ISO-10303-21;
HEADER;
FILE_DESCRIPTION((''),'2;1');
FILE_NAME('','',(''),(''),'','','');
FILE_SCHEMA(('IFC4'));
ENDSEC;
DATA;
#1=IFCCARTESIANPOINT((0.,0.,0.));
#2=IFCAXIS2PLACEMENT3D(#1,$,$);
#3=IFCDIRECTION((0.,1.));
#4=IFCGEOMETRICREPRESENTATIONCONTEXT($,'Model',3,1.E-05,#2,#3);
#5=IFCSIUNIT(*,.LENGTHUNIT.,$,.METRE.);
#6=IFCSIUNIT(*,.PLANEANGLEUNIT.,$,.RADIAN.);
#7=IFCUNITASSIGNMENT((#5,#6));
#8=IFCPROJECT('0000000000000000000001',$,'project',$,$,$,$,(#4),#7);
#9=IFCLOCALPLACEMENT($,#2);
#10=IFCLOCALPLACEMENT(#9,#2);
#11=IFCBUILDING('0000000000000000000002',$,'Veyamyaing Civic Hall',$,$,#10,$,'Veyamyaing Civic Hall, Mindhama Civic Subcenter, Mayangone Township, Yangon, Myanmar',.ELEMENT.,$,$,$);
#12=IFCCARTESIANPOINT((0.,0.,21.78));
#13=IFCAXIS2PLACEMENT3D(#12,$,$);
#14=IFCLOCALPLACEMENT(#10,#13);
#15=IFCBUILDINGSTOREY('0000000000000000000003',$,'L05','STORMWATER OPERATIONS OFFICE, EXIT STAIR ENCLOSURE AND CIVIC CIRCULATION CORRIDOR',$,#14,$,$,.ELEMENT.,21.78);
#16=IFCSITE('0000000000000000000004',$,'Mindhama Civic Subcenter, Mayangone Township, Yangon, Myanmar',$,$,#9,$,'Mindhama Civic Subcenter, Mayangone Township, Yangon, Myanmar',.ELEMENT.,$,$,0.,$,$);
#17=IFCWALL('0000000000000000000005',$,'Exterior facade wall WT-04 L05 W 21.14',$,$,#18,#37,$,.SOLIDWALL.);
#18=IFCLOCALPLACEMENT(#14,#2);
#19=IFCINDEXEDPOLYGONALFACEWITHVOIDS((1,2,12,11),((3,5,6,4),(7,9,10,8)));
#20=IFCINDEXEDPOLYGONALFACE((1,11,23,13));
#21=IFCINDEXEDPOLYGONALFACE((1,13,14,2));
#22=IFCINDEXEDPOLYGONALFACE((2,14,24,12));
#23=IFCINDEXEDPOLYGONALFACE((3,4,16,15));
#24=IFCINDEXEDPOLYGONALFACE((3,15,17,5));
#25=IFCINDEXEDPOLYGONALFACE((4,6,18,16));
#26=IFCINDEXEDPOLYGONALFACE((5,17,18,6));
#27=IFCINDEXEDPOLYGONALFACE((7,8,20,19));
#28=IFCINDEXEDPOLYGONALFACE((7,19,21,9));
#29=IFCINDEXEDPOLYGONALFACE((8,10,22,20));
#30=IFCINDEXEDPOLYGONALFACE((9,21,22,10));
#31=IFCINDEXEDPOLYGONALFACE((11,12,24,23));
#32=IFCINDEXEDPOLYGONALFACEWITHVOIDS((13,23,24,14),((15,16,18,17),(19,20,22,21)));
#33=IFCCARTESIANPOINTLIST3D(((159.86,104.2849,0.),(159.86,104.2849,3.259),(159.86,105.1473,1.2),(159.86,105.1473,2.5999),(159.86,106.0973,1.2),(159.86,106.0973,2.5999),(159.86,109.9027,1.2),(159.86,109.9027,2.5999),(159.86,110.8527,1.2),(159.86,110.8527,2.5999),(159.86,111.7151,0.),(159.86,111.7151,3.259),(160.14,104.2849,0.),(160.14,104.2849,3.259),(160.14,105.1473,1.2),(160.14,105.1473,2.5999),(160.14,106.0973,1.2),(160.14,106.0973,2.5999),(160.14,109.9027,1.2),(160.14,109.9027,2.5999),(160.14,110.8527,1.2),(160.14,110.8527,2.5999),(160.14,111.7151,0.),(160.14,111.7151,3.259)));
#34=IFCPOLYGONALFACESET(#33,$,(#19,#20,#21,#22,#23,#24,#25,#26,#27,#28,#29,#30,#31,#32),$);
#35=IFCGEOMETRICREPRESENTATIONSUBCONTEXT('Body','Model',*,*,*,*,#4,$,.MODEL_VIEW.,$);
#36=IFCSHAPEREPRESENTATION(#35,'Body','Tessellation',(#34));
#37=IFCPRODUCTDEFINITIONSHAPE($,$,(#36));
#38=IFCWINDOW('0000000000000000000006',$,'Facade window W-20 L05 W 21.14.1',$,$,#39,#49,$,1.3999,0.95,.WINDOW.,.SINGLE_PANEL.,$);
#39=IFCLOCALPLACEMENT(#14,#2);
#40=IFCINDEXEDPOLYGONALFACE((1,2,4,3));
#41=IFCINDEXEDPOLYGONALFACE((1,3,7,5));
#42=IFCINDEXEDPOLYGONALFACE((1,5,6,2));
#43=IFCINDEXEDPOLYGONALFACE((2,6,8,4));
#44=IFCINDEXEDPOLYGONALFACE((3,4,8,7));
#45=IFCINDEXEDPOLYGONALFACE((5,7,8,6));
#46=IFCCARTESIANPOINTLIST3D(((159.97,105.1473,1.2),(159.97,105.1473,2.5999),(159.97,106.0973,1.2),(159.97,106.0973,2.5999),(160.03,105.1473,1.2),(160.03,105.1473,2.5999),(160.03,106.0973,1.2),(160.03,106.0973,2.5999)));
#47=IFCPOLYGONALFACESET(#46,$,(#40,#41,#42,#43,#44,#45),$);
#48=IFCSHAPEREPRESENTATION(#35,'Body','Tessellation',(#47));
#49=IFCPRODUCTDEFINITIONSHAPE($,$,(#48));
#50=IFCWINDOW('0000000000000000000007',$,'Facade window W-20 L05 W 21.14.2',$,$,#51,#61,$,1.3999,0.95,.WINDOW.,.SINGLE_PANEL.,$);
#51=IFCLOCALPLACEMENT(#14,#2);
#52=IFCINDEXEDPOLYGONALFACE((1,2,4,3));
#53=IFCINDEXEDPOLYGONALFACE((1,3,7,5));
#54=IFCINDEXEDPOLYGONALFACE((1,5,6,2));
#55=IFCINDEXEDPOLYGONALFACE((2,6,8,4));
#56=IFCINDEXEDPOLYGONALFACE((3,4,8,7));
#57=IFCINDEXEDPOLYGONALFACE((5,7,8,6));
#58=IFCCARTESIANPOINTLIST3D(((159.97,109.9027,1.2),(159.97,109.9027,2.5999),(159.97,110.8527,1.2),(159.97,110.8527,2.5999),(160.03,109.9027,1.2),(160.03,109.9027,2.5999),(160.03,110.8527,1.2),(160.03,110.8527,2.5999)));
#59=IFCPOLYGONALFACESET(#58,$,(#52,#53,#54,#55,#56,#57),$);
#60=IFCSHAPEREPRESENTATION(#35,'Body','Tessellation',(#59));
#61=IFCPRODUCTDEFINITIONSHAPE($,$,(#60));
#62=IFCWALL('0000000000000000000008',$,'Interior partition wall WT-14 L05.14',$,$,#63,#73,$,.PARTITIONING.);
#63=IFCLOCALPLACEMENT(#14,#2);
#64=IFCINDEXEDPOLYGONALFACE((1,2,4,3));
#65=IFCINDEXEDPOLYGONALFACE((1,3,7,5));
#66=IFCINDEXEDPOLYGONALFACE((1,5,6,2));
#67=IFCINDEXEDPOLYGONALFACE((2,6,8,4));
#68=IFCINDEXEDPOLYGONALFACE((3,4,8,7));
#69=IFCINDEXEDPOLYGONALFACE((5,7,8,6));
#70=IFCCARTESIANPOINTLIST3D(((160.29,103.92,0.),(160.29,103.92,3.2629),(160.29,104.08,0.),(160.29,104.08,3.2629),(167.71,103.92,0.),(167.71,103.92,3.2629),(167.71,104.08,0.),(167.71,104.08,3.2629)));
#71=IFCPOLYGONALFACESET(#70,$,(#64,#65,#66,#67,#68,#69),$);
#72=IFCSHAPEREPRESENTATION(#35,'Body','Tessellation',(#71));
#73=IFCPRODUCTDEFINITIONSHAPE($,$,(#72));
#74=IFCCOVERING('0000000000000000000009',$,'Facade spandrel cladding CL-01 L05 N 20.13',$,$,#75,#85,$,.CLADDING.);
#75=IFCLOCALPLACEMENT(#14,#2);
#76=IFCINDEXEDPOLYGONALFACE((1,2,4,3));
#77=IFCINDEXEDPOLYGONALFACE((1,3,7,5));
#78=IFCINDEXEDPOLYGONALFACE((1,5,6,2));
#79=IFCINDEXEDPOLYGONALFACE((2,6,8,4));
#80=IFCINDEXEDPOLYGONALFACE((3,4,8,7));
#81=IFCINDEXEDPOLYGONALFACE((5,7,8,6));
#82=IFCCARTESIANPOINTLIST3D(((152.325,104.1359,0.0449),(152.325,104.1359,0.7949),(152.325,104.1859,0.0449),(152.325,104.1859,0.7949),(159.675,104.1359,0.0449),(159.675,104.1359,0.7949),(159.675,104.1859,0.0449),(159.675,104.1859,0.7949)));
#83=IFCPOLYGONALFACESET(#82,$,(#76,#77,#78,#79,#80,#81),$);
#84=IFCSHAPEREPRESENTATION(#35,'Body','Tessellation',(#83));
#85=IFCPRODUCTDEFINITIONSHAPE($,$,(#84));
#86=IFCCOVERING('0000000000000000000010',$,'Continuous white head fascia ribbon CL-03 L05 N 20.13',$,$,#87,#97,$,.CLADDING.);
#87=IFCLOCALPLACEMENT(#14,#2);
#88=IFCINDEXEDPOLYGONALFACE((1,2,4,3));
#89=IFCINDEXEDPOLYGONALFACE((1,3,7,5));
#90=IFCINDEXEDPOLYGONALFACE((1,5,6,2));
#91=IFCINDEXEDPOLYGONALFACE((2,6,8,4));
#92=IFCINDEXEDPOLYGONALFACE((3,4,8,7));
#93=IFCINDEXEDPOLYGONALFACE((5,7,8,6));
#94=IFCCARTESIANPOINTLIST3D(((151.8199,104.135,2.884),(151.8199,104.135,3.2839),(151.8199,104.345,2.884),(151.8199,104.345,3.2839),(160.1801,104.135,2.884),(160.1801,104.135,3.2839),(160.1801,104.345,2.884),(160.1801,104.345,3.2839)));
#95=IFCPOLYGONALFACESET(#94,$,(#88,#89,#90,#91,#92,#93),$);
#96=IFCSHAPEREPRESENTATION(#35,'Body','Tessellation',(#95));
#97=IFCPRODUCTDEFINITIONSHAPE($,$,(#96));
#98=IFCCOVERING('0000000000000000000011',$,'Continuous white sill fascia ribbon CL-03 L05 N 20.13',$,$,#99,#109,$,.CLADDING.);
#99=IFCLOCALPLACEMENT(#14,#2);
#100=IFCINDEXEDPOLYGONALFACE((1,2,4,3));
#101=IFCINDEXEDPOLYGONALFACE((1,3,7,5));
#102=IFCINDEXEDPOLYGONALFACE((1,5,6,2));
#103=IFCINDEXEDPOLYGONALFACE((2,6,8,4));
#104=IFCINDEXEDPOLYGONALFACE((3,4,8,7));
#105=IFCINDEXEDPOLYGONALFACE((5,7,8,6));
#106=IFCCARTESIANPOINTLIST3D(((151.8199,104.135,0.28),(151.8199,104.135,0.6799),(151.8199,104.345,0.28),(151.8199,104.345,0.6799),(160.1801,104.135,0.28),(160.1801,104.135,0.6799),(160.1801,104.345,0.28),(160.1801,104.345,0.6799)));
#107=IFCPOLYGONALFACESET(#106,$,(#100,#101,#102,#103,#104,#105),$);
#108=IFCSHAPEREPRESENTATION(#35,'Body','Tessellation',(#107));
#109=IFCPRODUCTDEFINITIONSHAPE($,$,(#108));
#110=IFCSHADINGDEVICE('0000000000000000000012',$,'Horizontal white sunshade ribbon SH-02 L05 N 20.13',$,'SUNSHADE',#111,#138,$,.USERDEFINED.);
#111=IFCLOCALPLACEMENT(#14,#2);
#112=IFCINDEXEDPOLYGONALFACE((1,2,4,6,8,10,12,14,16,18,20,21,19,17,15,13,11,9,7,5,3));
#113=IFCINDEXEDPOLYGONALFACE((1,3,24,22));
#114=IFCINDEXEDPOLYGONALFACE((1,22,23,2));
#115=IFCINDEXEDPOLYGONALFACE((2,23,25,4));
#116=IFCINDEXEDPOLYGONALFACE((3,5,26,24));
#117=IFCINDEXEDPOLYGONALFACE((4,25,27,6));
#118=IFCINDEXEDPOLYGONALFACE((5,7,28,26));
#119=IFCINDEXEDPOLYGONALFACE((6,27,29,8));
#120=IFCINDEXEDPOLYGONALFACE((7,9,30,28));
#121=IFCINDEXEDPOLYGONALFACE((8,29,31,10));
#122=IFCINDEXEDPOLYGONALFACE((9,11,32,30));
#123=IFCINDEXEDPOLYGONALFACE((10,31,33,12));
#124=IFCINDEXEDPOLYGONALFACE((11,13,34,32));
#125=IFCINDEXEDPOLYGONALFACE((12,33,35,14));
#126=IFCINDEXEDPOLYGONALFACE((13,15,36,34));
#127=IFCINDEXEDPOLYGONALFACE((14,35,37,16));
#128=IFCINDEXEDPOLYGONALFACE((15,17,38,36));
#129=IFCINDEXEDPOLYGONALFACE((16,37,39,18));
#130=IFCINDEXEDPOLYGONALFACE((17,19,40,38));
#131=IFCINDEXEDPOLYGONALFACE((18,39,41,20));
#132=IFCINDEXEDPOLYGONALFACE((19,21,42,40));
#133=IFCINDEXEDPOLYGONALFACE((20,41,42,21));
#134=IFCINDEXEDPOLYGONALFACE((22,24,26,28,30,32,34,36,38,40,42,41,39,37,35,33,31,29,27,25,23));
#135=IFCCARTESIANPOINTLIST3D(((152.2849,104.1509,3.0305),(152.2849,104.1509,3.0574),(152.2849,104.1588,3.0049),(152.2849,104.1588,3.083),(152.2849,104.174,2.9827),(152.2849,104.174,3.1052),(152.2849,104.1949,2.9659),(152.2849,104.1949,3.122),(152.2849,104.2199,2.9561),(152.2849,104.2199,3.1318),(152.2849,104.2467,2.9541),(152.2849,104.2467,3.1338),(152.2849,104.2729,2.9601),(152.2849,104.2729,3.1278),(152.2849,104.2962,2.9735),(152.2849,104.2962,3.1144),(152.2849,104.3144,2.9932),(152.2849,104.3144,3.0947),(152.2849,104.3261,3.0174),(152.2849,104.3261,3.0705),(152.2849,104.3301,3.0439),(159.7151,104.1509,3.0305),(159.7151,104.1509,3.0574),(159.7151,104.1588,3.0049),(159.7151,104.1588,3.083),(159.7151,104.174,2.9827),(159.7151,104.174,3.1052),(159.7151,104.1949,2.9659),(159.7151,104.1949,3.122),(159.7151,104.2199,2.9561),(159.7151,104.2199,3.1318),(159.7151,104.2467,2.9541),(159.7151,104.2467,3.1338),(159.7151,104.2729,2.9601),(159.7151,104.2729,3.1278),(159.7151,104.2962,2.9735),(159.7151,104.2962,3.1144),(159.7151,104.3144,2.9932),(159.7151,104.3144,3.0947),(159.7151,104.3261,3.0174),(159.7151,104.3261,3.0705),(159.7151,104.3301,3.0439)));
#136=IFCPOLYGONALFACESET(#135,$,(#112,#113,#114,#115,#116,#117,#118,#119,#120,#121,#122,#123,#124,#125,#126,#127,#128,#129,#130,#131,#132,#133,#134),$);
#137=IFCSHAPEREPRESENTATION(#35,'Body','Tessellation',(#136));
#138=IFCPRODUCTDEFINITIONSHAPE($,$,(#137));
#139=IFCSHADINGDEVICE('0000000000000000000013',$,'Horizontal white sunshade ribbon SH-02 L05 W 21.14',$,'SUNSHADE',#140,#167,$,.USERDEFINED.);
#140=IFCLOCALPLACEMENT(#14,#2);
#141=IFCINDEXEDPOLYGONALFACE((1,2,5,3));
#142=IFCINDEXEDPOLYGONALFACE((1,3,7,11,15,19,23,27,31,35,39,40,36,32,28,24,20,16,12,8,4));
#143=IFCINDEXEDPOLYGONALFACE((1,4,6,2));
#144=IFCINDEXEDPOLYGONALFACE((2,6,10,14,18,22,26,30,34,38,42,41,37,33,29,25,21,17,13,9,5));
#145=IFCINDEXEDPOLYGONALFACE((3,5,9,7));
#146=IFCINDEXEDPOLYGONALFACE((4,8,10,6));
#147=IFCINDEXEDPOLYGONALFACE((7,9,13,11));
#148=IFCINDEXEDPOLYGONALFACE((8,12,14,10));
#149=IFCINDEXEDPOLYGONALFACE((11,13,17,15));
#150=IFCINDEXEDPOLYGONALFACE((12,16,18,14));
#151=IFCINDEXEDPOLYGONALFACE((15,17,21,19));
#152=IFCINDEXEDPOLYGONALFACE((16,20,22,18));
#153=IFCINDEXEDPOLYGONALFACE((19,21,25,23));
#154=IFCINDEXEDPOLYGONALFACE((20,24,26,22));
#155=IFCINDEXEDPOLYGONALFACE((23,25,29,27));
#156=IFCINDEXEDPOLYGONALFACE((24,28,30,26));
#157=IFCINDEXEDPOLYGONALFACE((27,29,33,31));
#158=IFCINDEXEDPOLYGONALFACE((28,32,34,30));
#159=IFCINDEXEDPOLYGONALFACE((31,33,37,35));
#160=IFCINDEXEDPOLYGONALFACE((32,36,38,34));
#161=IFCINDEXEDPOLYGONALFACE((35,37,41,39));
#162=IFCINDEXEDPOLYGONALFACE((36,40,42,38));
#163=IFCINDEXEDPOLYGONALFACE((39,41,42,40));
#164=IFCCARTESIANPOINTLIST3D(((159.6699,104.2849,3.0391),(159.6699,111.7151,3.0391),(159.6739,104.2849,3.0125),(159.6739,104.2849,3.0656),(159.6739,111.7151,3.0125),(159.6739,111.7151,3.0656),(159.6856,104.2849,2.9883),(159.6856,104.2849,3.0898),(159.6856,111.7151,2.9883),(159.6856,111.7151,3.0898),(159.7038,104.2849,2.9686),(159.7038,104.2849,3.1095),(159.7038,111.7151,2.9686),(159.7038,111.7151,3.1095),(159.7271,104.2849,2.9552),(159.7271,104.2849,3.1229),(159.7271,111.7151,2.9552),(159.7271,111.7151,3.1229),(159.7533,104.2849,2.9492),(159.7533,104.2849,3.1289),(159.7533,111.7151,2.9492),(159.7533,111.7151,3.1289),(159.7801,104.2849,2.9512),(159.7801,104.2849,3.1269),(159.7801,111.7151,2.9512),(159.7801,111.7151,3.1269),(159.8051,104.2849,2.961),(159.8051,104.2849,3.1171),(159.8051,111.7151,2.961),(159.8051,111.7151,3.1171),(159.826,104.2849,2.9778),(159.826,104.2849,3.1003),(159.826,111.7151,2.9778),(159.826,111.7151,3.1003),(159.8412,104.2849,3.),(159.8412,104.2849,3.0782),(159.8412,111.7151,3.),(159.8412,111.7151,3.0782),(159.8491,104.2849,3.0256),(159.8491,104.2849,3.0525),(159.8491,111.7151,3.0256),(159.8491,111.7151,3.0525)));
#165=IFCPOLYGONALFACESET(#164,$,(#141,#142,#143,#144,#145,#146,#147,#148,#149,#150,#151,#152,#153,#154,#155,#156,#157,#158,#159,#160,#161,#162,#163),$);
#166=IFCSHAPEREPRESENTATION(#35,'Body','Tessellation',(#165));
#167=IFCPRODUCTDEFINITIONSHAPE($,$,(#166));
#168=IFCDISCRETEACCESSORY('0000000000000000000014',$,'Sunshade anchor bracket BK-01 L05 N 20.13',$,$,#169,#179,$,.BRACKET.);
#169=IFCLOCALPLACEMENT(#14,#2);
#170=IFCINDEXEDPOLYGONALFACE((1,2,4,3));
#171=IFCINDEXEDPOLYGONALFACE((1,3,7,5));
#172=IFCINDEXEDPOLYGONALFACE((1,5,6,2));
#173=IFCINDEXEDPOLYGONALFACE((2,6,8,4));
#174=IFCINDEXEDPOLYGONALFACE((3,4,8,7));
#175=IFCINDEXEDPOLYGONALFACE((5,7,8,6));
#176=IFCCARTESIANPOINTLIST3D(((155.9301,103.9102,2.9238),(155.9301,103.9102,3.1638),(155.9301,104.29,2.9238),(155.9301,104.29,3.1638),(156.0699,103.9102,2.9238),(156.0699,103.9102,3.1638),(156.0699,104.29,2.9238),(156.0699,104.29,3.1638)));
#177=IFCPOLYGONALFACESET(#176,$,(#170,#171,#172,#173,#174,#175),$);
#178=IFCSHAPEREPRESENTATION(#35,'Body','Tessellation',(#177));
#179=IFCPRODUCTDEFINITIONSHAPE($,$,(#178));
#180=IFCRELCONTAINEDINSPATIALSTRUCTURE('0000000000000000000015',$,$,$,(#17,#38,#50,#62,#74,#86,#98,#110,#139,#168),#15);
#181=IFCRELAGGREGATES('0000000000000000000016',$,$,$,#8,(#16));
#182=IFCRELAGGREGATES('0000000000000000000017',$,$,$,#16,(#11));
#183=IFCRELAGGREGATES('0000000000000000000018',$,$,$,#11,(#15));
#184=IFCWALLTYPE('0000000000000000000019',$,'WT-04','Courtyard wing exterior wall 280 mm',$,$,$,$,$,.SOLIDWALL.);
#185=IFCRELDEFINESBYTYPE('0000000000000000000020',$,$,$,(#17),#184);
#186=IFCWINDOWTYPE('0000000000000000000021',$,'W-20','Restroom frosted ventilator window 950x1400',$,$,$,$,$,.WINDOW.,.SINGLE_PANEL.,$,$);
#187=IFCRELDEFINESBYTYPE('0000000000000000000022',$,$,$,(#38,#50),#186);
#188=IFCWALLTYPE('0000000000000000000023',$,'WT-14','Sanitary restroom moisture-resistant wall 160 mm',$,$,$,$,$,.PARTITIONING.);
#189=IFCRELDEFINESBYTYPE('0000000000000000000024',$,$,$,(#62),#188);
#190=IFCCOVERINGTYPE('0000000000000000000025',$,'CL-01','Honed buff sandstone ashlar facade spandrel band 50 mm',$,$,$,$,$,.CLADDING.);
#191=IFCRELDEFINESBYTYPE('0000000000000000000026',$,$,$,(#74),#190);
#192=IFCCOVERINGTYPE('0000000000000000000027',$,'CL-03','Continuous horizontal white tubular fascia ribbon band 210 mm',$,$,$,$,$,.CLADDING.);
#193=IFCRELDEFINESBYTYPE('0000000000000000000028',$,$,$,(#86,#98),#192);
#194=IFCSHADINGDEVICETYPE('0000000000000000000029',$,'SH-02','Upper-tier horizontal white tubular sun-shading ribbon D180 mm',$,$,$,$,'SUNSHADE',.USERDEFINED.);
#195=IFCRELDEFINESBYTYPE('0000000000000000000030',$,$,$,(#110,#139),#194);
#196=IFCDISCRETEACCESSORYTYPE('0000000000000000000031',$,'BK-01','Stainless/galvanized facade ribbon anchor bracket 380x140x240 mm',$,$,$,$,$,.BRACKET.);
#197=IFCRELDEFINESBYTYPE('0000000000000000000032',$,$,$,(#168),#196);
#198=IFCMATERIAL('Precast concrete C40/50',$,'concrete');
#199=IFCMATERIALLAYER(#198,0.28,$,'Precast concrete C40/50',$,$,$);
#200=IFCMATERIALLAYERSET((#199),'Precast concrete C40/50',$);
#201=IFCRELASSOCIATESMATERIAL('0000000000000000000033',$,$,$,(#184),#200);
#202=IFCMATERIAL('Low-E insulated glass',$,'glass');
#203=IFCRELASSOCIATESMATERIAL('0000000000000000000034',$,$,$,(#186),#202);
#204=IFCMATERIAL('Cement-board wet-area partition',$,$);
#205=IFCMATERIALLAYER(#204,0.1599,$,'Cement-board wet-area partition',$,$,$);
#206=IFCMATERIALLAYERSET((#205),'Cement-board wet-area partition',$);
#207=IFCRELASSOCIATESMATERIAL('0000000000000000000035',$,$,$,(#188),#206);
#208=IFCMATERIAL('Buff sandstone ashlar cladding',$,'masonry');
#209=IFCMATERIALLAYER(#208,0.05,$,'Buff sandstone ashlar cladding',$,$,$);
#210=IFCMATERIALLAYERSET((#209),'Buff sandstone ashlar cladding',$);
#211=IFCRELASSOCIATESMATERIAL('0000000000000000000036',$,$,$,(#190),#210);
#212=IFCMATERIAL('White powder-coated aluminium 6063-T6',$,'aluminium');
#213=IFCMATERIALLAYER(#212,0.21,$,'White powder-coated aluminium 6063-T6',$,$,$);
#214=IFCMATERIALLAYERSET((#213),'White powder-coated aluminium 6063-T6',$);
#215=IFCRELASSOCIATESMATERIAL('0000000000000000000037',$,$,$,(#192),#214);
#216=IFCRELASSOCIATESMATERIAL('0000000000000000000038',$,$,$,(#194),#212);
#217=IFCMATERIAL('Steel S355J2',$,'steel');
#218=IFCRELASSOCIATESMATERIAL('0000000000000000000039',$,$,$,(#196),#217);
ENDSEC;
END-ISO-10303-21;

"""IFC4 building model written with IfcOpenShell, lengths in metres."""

from ifc_helpers import new_model, si_unit, direction, frame, frame_2d, origin, origin_2d, place, context, subcontext, project, spatial, rectangle, circle, extrude, material, layer, layer_set, material_profile, profile_set, type_object, element, fill, save


model = new_model("IFC4")

# Units and contexts
model_context = context("Model", 3, precision=1e-05, world=origin(), true_north=direction((0.0, 1.0)))
body_context = subcontext(model_context, "Body", "Model", "MODEL_VIEW")
ifc_project = project(units=[si_unit("LENGTHUNIT", "METRE"), si_unit("PLANEANGLEUNIT", "RADIAN")], contexts=[model_context])

# Site, building, storey
site_placement = place(None, origin())
site = spatial("IfcSite", under=ifc_project, at=site_placement, Name="Mindhama Civic Subcenter, Mayangone Township, Yangon, Myanmar", LongName="Mindhama Civic Subcenter, Mayangone Township, Yangon, Myanmar", CompositionType="ELEMENT", RefElevation=0.0)
building_placement = place(site_placement, origin())
building = spatial("IfcBuilding", under=site, at=building_placement, Name="Veyamyaing Civic Hall", LongName="Veyamyaing Civic Hall, Mindhama Civic Subcenter, Mayangone Township, Yangon, Myanmar", CompositionType="ELEMENT")
storey_placement = place(building_placement, frame((0.0, 0.0, 21.78)))
storey = spatial("IfcBuildingStorey", under=building, at=storey_placement, Name="L05", Description="STORMWATER OPERATIONS OFFICE, EXIT STAIR ENCLOSURE AND CIVIC CIRCULATION CORRIDOR", CompositionType="ELEMENT", Elevation=21.78)

# Shared definitions
ifc_material_1 = material(Name="Precast concrete C40/50", Category="concrete")
ifc_layer_1 = layer(ifc_material_1, 0.28, Name="Precast concrete C40/50")
ifc_layer_set_1 = layer_set([ifc_layer_1], Name="Precast concrete C40/50")
wall_type_1 = type_object("IfcWallType", Name="WT-04", Description="Courtyard wing exterior wall 280 mm", PredefinedType="SOLIDWALL", material=ifc_layer_set_1)
ifc_material_2 = material(Name="Low-E insulated glass", Category="glass")

# Wall, openings, windows
wall_1_placement = place(storey_placement, frame((160.0, 104.2849, 0.0), z_axis=(0.0, 0.0, 1.0), x_axis=(0.0, 1.0, 0.0)))
wall_1 = element("IfcWall", 1, at=wall_1_placement, inside=storey, type_object=wall_type_1, Name="Exterior facade wall WT-04 L05 W 21.14", PredefinedType="SOLIDWALL", context=body_context, shape_type="SweptSolid", body=[
    extrude(rectangle(XDim=7.4302, YDim=0.28, at=frame_2d((3.7151, 0.0))), origin(), (0.0, 0.0, 1.0), 3.259),
])
opening_1_placement = place(wall_1_placement, frame((0.8623, 0.0, 1.2)))
opening_1 = element("IfcOpeningElement", 2, at=opening_1_placement, cuts=wall_1, PredefinedType="OPENING", context=body_context, shape_type="SweptSolid", body=[
    extrude(rectangle(XDim=0.95, YDim=1.3999, at=frame_2d((0.4751, 0.7))), frame((0.0, 0.1499, 0.0), z_axis=(0.0, -1.0, 0.0), x_axis=(1.0, 0.0, 0.0)), (0.0, 0.0, 1.0), 0.3),
])
opening_2_placement = place(wall_1_placement, frame((5.6177, 0.0, 1.2)))
opening_2 = element("IfcOpeningElement", 3, at=opening_2_placement, cuts=wall_1, PredefinedType="OPENING", context=body_context, shape_type="SweptSolid", body=[
    extrude(rectangle(XDim=0.95, YDim=1.3999, at=frame_2d((0.4751, 0.7))), frame((0.0, 0.1499, 0.0), z_axis=(0.0, -1.0, 0.0), x_axis=(1.0, 0.0, 0.0)), (0.0, 0.0, 1.0), 0.3),
])
window_type_1 = type_object("IfcWindowType", Name="W-20", Description="Restroom frosted ventilator window 950x1400", PartitioningType="SINGLE_PANEL", PredefinedType="WINDOW", material=ifc_material_2)
window_1_placement = place(opening_1_placement, origin())
window_1 = element("IfcWindow", 4, at=window_1_placement, inside=storey, type_object=window_type_1, Name="Facade window W-20 L05 W 21.14.1", OverallHeight=1.3999, OverallWidth=0.95, PartitioningType="SINGLE_PANEL", PredefinedType="WINDOW", context=body_context, shape_type="SweptSolid", body=[
    extrude(rectangle(XDim=0.95, YDim=1.3999, at=frame_2d((0.4751, 0.7))), frame((0.0, 0.03, 0.0), z_axis=(0.0, -1.0, 0.0), x_axis=(1.0, 0.0, 0.0)), (0.0, 0.0, 1.0), 0.0601),
])
fill(opening_1, window_1)
window_2_placement = place(opening_2_placement, origin())
window_2 = element("IfcWindow", 5, at=window_2_placement, inside=storey, type_object=window_type_1, Name="Facade window W-20 L05 W 21.14.2", OverallHeight=1.3999, OverallWidth=0.95, PartitioningType="SINGLE_PANEL", PredefinedType="WINDOW", context=body_context, shape_type="SweptSolid", body=[
    extrude(rectangle(XDim=0.95, YDim=1.3999, at=frame_2d((0.4751, 0.7))), frame((0.0, 0.03, 0.0), z_axis=(0.0, -1.0, 0.0), x_axis=(1.0, 0.0, 0.0)), (0.0, 0.0, 1.0), 0.0601),
])
fill(opening_2, window_2)

# Wall
ifc_material_3 = material(Name="Cement-board wet-area partition")
ifc_layer_2 = layer(ifc_material_3, 0.1599, Name="Cement-board wet-area partition")
ifc_layer_set_2 = layer_set([ifc_layer_2], Name="Cement-board wet-area partition")
wall_type_2 = type_object("IfcWallType", Name="WT-14", Description="Sanitary restroom moisture-resistant wall 160 mm", PredefinedType="PARTITIONING", material=ifc_layer_set_2)
wall_2_placement = place(storey_placement, frame((160.29, 104.0, 0.0), z_axis=(0.0, 0.0, 1.0), x_axis=(1.0, 0.0, 0.0)))
element("IfcWall", 6, at=wall_2_placement, inside=storey, type_object=wall_type_2, Name="Interior partition wall WT-14 L05.14", PredefinedType="PARTITIONING", context=body_context, shape_type="SweptSolid", body=[
    extrude(rectangle(XDim=7.4199, YDim=0.1599, at=frame_2d((3.71, 0.0))), origin(), (0.0, 0.0, 1.0), 3.2629),
])

# Coverings
ifc_material_4 = material(Name="Buff sandstone ashlar cladding", Category="masonry")
ifc_layer_3 = layer(ifc_material_4, 0.05, Name="Buff sandstone ashlar cladding")
ifc_layer_set_3 = layer_set([ifc_layer_3], Name="Buff sandstone ashlar cladding")
covering_type_1 = type_object("IfcCoveringType", Name="CL-01", Description="Honed buff sandstone ashlar facade spandrel band 50 mm", PredefinedType="CLADDING", material=ifc_layer_set_3)
covering_placement = place(storey_placement, frame((156.0, 104.1609, 0.0449), z_axis=(0.0, 0.0, 1.0), x_axis=(1.0, 0.0, 0.0)))
element("IfcCovering", 7, at=covering_placement, inside=storey, type_object=covering_type_1, Name="Facade spandrel cladding CL-01 L05 N 20.13", PredefinedType="CLADDING", context=body_context, shape_type="SweptSolid", body=[
    extrude(rectangle(XDim=7.3501, YDim=0.05, at=origin_2d()), origin(), (0.0, 0.0, 1.0), 0.75),
])
ifc_material_5 = material(Name="White powder-coated aluminium 6063-T6", Category="aluminium")
ifc_layer_4 = layer(ifc_material_5, 0.21, Name="White powder-coated aluminium 6063-T6")
ifc_layer_set_4 = layer_set([ifc_layer_4], Name="White powder-coated aluminium 6063-T6")
covering_type_2 = type_object("IfcCoveringType", Name="CL-03", Description="Continuous horizontal white tubular fascia ribbon band 210 mm", PredefinedType="CLADDING", material=ifc_layer_set_4)
for number, where, z_axis, x_axis, name in (
    (8, (156.0, 104.24, 2.884), (0.0, 0.0, 1.0), (1.0, 0.0, 0.0), "Continuous white head fascia ribbon CL-03 L05 N 20.13"),
    (9, (156.0, 104.24, 0.28), (0.0, 0.0, 1.0), (1.0, 0.0, 0.0), "Continuous white sill fascia ribbon CL-03 L05 N 20.13"),
):
    element("IfcCovering", number, at=place(storey_placement, frame(where, z_axis=z_axis, x_axis=x_axis)), inside=storey, type_object=covering_type_2, Name=name, PredefinedType="CLADDING", context=body_context, shape_type="SweptSolid", body=[
        extrude(rectangle(XDim=8.3601, YDim=0.21, at=origin_2d()), origin(), (0.0, 0.0, 1.0), 0.3999),
    ])

# Shading devices
ifc_material_profile_1 = material_profile(ifc_material_5, circle(Radius=0.0901, at=origin_2d()), Name="SHADE-TUBE-180")
ifc_profile_set_1 = profile_set([ifc_material_profile_1], Name="White powder-coated aluminium 6063-T6")
shading_device_type = type_object("IfcShadingDeviceType", Name="SH-02", Description="Upper-tier horizontal white tubular sun-shading ribbon D180 mm", ElementType="SUNSHADE", PredefinedType="USERDEFINED", material=ifc_profile_set_1)
for number, where, z_axis, x_axis, name in (
    (10, (152.2849, 104.24, 3.0439), (1.0, 0.0, 0.0), (0.0, 1.0, 0.0), "Horizontal white sunshade ribbon SH-02 L05 N 20.13"),
    (11, (159.76, 104.2849, 3.0391), (0.0, 1.0, 0.0), (-1.0, 0.0, 0.0), "Horizontal white sunshade ribbon SH-02 L05 W 21.14"),
):
    element("IfcShadingDevice", number, at=place(storey_placement, frame(where, z_axis=z_axis, x_axis=x_axis)), inside=storey, type_object=shading_device_type, Name=name, ObjectType="SUNSHADE", PredefinedType="USERDEFINED", context=body_context, shape_type="SweptSolid", body=[
        extrude(circle(Radius=0.0901, at=origin_2d()), origin(), (0.0, 0.0, 1.0), 7.4302),
    ])

# Discrete accessory
ifc_material_6 = material(Name="Steel S355J2", Category="steel")
discrete_accessory_type = type_object("IfcDiscreteAccessoryType", Name="BK-01", Description="Stainless/galvanized facade ribbon anchor bracket 380x140x240 mm", PredefinedType="BRACKET", material=ifc_material_6)
for number, where, z_axis, x_axis, name in (
    (12, (156.0, 104.1001, 2.9238), (0.0, 0.0, 1.0), (0.0, 1.0, 0.0), "Sunshade anchor bracket BK-01 L05 N 20.13"),
):
    element("IfcDiscreteAccessory", number, at=place(storey_placement, frame(where, z_axis=z_axis, x_axis=x_axis)), inside=storey, type_object=discrete_accessory_type, Name=name, PredefinedType="BRACKET", context=body_context, shape_type="SweptSolid", body=[
        extrude(rectangle(XDim=0.3799, YDim=0.1399, at=origin_2d()), origin(), (0.0, 0.0, 1.0), 0.24),
    ])

save(model, "model.ifc")
